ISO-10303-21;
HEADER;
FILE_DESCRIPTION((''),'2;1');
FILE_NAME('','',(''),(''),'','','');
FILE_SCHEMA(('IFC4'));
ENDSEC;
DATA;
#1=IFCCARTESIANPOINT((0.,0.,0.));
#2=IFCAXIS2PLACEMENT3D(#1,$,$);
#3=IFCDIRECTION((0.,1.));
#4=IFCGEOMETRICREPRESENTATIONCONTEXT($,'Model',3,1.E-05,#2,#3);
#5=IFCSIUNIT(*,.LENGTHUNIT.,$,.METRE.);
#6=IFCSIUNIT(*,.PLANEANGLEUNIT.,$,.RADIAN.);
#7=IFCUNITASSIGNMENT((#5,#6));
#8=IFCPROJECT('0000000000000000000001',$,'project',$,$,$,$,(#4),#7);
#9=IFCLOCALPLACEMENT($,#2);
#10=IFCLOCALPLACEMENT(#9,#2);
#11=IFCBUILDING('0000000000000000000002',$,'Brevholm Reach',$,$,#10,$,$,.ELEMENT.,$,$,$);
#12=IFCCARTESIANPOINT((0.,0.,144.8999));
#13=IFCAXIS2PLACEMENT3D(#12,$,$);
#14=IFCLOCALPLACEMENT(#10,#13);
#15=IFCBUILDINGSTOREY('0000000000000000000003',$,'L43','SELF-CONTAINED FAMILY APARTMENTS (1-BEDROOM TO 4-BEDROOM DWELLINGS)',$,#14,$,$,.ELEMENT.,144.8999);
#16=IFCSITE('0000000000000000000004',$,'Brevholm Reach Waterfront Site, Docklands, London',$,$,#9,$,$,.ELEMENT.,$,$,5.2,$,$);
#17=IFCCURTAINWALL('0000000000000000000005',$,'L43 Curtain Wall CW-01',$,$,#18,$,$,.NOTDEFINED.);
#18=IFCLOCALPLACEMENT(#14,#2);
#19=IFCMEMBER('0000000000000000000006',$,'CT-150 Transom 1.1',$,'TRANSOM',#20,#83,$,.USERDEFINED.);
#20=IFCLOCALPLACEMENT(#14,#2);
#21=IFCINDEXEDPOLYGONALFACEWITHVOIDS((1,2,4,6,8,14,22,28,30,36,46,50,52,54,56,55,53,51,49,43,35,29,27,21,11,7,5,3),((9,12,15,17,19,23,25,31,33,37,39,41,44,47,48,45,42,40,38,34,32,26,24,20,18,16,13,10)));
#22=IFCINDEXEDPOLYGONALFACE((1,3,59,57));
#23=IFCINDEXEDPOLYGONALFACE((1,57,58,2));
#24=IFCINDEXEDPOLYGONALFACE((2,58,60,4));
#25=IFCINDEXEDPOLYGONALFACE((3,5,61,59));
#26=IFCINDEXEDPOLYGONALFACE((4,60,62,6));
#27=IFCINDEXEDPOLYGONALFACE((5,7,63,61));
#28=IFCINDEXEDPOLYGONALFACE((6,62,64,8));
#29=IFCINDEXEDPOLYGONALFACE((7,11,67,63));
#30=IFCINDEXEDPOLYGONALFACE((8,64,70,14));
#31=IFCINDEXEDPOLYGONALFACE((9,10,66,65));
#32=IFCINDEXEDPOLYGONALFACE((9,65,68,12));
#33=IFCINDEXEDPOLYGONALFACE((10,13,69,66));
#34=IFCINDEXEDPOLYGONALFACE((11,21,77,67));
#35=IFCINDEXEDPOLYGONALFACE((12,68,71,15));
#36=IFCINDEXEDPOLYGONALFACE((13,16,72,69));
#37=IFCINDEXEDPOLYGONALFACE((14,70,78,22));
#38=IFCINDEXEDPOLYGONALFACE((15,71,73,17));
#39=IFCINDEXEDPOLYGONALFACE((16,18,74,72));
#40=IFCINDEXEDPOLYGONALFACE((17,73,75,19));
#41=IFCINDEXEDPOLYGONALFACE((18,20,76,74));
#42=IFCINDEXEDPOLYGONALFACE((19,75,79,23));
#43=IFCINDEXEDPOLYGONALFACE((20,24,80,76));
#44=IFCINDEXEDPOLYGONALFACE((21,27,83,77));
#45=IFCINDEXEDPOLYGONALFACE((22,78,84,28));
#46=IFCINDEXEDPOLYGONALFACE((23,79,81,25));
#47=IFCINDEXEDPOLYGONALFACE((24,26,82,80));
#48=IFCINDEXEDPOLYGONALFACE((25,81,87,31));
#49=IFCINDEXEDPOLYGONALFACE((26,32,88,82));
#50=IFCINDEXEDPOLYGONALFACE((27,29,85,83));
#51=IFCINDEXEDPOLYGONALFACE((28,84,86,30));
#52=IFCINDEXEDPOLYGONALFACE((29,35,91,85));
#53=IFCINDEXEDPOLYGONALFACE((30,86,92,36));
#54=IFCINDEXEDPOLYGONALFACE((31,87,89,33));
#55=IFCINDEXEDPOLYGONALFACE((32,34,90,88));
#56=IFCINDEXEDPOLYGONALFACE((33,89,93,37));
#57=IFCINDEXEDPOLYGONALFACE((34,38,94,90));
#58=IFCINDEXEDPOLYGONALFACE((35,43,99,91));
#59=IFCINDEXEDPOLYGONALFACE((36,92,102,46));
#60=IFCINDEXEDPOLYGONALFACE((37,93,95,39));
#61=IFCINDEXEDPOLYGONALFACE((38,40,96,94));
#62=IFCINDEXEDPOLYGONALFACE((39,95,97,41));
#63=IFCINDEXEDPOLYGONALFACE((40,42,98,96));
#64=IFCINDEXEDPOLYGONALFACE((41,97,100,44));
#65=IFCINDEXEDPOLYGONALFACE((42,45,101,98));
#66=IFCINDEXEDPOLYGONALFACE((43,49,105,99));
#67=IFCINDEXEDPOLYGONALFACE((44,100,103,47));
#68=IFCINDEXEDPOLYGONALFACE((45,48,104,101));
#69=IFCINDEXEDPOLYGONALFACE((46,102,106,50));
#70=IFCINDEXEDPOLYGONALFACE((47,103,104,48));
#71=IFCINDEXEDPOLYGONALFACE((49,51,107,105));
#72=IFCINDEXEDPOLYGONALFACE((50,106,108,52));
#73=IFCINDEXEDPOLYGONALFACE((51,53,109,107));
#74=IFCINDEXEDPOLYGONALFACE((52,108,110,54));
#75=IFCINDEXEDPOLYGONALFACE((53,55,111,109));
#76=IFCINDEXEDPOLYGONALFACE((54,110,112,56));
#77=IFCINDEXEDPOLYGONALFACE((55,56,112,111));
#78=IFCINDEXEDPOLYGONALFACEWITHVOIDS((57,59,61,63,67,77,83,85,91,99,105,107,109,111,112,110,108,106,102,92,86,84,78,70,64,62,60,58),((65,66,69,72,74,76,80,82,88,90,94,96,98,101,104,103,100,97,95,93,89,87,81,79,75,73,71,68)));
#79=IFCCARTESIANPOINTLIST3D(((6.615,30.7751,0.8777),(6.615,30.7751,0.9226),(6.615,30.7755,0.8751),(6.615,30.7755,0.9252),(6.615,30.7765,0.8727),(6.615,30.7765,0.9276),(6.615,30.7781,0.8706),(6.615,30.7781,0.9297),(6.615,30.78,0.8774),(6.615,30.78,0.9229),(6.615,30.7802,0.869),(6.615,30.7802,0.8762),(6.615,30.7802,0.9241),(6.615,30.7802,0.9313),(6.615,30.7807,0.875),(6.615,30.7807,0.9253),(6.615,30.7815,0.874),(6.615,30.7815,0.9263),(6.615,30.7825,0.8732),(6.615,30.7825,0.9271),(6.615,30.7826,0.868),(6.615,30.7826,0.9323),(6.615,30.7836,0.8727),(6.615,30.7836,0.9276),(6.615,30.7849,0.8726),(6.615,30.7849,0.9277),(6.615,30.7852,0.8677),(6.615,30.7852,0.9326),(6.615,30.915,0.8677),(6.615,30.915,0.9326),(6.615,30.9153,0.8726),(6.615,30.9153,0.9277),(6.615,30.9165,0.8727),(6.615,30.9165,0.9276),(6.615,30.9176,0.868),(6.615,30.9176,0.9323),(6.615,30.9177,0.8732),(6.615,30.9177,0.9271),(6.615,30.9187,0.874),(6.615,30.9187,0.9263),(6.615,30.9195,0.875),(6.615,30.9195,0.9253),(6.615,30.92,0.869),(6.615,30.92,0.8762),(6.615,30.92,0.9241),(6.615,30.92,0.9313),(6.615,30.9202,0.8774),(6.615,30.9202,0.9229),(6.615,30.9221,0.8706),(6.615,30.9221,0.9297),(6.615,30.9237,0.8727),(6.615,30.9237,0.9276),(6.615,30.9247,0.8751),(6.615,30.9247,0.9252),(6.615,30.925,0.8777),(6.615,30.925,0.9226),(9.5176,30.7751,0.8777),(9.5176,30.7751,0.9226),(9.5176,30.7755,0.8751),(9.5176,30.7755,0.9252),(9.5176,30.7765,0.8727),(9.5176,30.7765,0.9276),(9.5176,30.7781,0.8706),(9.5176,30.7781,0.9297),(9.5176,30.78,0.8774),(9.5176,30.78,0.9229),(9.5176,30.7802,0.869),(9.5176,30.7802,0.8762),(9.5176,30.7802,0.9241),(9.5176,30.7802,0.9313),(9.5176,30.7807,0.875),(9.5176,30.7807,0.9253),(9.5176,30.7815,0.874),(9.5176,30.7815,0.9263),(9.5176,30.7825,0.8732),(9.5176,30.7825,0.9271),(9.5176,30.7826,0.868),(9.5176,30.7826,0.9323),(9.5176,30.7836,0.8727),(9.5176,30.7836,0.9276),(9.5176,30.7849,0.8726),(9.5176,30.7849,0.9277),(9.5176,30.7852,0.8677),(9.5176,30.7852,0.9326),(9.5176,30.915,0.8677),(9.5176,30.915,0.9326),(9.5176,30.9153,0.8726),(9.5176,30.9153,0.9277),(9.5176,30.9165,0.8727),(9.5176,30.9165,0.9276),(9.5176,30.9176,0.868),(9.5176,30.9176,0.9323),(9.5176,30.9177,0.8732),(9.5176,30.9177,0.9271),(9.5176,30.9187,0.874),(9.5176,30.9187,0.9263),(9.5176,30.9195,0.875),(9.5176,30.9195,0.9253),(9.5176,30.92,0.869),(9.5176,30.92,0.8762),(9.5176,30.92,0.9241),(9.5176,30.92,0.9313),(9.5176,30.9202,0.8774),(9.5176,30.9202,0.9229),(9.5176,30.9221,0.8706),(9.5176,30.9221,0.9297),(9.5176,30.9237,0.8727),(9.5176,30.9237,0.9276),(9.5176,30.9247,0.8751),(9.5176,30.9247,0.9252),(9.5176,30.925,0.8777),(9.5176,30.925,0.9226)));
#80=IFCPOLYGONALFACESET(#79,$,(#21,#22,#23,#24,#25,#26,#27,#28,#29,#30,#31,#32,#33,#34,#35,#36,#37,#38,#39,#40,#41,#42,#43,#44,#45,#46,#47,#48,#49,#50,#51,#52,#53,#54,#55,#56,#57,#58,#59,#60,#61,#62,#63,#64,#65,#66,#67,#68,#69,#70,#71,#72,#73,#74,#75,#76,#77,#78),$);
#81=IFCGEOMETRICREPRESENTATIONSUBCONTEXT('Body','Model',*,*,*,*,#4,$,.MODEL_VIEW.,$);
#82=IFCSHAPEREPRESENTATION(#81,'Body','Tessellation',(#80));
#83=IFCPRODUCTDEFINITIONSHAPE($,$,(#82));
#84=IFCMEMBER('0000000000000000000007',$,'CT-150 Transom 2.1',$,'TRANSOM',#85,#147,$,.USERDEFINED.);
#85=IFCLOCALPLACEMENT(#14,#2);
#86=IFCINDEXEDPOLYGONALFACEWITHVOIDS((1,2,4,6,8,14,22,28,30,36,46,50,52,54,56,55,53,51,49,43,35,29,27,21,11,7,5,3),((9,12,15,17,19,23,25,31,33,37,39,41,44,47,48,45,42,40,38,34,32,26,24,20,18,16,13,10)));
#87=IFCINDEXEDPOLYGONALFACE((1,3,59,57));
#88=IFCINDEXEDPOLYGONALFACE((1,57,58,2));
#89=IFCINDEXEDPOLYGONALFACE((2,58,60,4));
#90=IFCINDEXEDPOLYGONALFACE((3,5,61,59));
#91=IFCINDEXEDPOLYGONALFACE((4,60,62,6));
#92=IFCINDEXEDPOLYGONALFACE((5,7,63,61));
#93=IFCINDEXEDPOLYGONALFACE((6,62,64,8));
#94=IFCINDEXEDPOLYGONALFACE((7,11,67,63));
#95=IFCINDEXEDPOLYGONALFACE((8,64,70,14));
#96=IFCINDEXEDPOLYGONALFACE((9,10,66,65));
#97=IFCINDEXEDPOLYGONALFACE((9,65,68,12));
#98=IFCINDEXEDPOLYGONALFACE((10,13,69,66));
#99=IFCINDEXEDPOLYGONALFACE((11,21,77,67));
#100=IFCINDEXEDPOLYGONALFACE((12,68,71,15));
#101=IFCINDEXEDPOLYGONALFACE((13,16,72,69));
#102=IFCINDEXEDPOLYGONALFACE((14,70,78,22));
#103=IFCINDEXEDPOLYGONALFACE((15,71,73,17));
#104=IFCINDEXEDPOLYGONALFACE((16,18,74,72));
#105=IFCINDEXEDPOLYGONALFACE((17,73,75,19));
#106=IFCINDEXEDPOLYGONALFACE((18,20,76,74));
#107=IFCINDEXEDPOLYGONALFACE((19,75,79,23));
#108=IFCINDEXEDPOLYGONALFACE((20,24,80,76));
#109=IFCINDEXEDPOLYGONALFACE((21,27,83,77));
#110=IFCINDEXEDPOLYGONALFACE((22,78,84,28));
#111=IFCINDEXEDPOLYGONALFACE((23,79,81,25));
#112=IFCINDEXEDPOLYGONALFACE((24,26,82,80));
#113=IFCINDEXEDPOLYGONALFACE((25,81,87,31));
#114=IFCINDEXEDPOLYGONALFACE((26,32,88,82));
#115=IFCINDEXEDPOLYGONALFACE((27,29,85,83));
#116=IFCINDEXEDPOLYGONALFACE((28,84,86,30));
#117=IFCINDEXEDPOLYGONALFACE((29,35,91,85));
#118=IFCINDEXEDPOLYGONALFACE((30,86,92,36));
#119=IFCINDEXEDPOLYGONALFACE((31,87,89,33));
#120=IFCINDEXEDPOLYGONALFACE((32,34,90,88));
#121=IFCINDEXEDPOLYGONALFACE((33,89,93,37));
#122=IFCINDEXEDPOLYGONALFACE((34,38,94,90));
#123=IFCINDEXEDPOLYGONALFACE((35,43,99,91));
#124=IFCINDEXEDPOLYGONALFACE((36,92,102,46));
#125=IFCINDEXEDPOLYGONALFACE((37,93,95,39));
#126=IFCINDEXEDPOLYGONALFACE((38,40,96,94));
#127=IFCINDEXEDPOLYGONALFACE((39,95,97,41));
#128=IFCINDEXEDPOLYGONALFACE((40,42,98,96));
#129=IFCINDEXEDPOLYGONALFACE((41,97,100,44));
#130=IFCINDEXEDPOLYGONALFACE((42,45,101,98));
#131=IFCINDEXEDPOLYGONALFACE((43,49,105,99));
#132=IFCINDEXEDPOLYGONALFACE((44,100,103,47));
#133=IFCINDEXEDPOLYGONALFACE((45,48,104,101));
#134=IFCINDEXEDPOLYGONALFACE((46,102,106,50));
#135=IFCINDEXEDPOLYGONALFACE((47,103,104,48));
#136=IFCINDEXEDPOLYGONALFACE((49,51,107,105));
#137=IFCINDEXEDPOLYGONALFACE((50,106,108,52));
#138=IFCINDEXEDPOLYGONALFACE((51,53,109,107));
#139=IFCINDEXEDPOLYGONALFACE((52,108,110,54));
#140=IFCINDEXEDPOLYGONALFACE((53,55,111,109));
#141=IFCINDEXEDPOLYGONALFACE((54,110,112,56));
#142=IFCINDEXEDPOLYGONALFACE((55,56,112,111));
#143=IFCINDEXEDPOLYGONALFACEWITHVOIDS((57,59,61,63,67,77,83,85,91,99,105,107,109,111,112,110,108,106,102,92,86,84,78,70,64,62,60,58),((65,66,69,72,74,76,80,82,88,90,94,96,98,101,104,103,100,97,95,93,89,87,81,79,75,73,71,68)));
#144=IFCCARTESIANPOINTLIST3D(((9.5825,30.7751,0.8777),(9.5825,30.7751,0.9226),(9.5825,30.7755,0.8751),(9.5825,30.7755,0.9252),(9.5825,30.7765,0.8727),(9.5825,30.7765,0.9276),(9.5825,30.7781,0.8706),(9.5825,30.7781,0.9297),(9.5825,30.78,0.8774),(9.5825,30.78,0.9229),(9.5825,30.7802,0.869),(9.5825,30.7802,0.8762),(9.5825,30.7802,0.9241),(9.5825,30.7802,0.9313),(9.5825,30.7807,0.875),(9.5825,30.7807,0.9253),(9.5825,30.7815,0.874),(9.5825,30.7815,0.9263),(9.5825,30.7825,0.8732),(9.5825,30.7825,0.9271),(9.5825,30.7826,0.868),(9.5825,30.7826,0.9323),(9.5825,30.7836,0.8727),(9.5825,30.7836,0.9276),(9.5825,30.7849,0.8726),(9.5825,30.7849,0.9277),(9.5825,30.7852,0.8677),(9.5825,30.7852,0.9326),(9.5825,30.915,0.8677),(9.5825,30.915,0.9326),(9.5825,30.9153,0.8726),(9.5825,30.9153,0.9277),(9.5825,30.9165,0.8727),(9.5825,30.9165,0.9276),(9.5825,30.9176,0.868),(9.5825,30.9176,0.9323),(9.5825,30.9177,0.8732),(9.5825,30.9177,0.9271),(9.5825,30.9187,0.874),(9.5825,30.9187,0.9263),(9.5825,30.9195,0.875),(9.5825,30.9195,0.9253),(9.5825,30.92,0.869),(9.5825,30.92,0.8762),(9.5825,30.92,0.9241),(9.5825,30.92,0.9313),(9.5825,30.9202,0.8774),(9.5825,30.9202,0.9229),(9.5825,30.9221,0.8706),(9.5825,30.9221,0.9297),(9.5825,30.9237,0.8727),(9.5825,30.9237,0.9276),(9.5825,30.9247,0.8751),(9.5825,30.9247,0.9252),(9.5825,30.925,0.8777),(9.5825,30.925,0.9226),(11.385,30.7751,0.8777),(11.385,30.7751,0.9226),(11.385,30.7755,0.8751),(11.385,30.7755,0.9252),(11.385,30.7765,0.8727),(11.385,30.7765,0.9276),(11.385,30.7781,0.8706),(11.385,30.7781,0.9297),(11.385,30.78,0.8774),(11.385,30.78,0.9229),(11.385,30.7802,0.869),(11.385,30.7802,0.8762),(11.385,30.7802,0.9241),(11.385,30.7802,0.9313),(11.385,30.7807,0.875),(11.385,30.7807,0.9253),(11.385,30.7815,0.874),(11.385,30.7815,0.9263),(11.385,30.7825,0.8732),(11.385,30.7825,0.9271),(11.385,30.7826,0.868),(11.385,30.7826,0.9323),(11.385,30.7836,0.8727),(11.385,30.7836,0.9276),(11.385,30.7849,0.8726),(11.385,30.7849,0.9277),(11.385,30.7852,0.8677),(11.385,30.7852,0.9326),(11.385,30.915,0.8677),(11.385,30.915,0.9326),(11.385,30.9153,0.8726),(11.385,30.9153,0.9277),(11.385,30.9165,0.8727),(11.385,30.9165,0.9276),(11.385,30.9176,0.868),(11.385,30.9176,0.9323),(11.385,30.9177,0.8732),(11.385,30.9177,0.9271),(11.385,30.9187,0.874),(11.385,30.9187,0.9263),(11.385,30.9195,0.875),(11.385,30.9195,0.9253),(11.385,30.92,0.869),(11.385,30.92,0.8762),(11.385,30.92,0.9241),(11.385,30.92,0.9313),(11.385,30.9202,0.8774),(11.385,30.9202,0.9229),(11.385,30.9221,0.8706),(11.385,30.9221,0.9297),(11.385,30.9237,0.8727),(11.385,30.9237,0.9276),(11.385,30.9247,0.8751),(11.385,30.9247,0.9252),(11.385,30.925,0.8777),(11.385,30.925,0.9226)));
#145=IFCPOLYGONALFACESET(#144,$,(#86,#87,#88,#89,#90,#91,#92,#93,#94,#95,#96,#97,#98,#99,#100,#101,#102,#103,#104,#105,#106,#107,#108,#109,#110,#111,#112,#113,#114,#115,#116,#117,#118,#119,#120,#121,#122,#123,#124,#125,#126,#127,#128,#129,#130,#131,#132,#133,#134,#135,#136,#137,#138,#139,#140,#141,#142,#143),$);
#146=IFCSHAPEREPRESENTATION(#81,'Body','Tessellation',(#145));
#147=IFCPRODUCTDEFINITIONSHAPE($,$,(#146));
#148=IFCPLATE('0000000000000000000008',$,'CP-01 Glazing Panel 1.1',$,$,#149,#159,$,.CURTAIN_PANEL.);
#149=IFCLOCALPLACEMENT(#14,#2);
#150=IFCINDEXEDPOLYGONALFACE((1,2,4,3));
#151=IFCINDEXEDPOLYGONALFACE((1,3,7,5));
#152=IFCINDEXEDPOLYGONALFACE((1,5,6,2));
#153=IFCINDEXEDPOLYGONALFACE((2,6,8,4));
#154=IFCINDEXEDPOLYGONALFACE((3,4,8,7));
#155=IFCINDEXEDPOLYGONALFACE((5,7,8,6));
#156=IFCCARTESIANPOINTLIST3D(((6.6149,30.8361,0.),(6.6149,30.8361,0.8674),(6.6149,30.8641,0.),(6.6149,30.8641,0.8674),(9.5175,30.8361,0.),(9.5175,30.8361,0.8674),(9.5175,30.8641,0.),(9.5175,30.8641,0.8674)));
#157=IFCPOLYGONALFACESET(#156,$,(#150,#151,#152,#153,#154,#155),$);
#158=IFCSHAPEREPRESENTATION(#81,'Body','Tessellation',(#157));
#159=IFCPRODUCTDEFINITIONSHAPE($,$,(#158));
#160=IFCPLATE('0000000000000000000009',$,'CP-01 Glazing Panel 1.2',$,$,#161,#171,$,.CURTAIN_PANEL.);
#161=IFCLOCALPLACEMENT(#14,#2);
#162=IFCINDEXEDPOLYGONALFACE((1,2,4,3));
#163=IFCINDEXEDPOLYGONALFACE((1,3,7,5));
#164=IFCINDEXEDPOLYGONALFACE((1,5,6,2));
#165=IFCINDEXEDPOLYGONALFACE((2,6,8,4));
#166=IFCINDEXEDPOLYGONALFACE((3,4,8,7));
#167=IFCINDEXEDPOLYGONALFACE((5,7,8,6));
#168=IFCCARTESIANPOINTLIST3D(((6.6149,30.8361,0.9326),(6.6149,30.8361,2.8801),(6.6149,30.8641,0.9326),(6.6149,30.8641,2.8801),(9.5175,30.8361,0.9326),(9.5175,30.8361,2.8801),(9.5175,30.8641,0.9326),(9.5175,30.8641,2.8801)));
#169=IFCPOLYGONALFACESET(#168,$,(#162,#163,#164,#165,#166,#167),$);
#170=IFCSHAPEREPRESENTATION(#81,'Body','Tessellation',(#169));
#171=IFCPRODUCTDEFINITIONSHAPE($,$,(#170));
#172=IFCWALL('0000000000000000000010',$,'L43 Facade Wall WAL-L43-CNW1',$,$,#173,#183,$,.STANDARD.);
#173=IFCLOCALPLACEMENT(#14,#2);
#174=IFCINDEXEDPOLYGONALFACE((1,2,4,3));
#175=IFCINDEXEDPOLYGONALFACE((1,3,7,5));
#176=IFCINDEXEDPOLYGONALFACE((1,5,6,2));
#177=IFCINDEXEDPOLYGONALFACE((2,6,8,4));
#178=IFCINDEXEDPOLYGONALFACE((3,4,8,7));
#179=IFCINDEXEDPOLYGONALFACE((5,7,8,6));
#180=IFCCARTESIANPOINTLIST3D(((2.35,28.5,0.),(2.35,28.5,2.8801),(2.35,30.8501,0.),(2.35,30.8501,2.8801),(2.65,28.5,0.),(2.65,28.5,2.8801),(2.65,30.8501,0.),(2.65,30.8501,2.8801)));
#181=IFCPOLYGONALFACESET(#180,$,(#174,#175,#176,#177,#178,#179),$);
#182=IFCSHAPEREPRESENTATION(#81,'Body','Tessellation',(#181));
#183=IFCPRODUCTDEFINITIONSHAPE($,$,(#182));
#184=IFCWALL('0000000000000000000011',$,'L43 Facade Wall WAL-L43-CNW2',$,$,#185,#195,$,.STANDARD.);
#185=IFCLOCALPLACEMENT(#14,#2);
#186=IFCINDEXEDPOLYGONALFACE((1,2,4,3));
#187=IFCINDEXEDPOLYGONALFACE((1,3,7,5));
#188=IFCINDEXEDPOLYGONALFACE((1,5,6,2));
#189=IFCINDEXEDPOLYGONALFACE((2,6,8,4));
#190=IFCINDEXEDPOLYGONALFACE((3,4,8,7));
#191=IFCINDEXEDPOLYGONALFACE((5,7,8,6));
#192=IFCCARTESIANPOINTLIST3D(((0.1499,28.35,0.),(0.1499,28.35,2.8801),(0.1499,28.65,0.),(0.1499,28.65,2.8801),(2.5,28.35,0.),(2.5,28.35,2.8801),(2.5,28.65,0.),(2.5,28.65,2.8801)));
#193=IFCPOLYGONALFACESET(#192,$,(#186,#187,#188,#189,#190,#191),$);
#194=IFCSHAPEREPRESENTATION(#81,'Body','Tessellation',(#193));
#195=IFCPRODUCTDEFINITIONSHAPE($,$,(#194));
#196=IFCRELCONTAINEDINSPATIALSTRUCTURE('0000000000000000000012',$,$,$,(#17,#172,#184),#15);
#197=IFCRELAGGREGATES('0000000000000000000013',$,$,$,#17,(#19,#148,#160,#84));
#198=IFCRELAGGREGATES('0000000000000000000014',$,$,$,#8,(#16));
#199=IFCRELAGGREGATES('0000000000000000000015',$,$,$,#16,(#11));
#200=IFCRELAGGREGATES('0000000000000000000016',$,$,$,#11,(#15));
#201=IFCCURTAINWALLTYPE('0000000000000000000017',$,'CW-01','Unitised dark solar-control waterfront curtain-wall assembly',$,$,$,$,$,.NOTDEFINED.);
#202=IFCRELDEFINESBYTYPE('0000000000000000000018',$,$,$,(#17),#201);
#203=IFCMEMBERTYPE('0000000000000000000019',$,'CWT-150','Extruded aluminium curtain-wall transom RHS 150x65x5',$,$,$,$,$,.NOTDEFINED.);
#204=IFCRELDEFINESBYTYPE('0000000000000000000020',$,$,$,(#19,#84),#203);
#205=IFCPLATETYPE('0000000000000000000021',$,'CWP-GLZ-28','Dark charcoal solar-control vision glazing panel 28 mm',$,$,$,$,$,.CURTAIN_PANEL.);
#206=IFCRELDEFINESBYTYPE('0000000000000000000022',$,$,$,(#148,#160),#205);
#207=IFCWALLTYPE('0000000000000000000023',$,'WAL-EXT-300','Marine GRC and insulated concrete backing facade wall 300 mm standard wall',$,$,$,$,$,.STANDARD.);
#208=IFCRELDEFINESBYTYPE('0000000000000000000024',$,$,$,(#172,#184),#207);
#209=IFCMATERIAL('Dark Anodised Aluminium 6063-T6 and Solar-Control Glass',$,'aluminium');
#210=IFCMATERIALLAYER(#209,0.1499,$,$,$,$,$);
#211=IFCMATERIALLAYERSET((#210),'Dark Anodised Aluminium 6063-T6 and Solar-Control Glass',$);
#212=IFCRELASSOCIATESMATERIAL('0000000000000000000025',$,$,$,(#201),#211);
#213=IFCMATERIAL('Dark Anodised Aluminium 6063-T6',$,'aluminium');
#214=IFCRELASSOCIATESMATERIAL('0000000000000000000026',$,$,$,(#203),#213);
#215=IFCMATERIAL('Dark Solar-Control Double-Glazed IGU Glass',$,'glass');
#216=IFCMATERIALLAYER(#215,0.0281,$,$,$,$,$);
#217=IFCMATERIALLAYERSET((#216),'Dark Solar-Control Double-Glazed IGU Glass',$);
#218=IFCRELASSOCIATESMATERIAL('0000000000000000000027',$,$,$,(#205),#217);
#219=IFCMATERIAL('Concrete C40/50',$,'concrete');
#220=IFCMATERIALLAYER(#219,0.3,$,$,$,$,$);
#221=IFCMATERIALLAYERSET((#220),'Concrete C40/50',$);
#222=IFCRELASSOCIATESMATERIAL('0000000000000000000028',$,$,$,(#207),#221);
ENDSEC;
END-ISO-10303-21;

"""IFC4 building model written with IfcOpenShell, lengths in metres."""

from ifc_helpers import new_model, si_unit, direction, frame, frame_2d, origin, origin_2d, place, context, subcontext, project, spatial, rectangle, hollow_rectangle, extrude, material, layer, layer_set, material_profile, profile_set, type_object, element, aggregate, save


model = new_model("IFC4")

# Units and contexts
model_context = context("Model", 3, precision=1e-05, world=origin(), true_north=direction((0.0, 1.0)))
body_context = subcontext(model_context, "Body", "Model", "MODEL_VIEW")
ifc_project = project(units=[si_unit("LENGTHUNIT", "METRE"), si_unit("PLANEANGLEUNIT", "RADIAN")], contexts=[model_context])

# Site, building, storey
site_placement = place(None, origin())
site = spatial("IfcSite", under=ifc_project, at=site_placement, Name="Brevholm Reach Waterfront Site, Docklands, London", CompositionType="ELEMENT", RefElevation=5.2)
building_placement = place(site_placement, origin())
building = spatial("IfcBuilding", under=site, at=building_placement, Name="Brevholm Reach", CompositionType="ELEMENT")
storey_placement = place(building_placement, frame((0.0, 0.0, 144.8999)))
storey = spatial("IfcBuildingStorey", under=building, at=storey_placement, Name="L43", Description="SELF-CONTAINED FAMILY APARTMENTS (1-BEDROOM TO 4-BEDROOM DWELLINGS)", CompositionType="ELEMENT", Elevation=144.8999)

# Curtain wall, members, plates
ifc_material_1 = material(Name="Dark Anodised Aluminium 6063-T6 and Solar-Control Glass", Category="aluminium")
ifc_layer_1 = layer(ifc_material_1, 0.1499)
ifc_layer_set_1 = layer_set([ifc_layer_1], Name="Dark Anodised Aluminium 6063-T6 and Solar-Control Glass")
curtain_wall_type = type_object("IfcCurtainWallType", Name="CW-01", Description="Unitised dark solar-control waterfront curtain-wall assembly", PredefinedType="NOTDEFINED", material=ifc_layer_set_1)
curtain_wall_placement = place(storey_placement, origin())
curtain_wall = element("IfcCurtainWall", 1, at=curtain_wall_placement, inside=storey, type_object=curtain_wall_type, Name="L43 Curtain Wall CW-01", PredefinedType="NOTDEFINED")
ifc_material_2 = material(Name="Dark Anodised Aluminium 6063-T6", Category="aluminium")
ifc_material_profile_1 = material_profile(ifc_material_2, hollow_rectangle(XDim=0.0649, YDim=0.1499, WallThickness=0.0049, InnerFilletRadius=0.0049, OuterFilletRadius=0.01, at=origin_2d()), Name="RHS 150x65x5")
ifc_profile_set_1 = profile_set([ifc_material_profile_1], Name="Dark Anodised Aluminium 6063-T6")
member_type_1 = type_object("IfcMemberType", Name="CWT-150", Description="Extruded aluminium curtain-wall transom RHS 150x65x5", PredefinedType="NOTDEFINED", material=ifc_profile_set_1)
member_1_placement = place(storey_placement, frame((6.615, 30.8501, 0.9001), z_axis=(1.0, 0.0, 0.0), x_axis=(0.0, 0.0, 1.0)))
member_1 = element("IfcMember", 2, at=member_1_placement, type_object=member_type_1, Name="CT-150 Transom 1.1", ObjectType="TRANSOM", PredefinedType="USERDEFINED", context=body_context, shape_type="SweptSolid", body=[
    extrude(hollow_rectangle(XDim=0.0649, YDim=0.1499, WallThickness=0.0049, InnerFilletRadius=0.0049, OuterFilletRadius=0.01, at=origin_2d()), origin(), (0.0, 0.0, 1.0), 2.9026),
])
member_2_placement = place(storey_placement, frame((9.5825, 30.8501, 0.9001), z_axis=(1.0, 0.0, 0.0), x_axis=(0.0, 0.0, 1.0)))
member_2 = element("IfcMember", 3, at=member_2_placement, type_object=member_type_1, Name="CT-150 Transom 2.1", ObjectType="TRANSOM", PredefinedType="USERDEFINED", context=body_context, shape_type="SweptSolid", body=[
    extrude(hollow_rectangle(XDim=0.0649, YDim=0.1499, WallThickness=0.0049, InnerFilletRadius=0.0049, OuterFilletRadius=0.01, at=origin_2d()), origin(), (0.0, 0.0, 1.0), 1.8025),
])
ifc_material_3 = material(Name="Dark Solar-Control Double-Glazed IGU Glass", Category="glass")
ifc_layer_2 = layer(ifc_material_3, 0.0281)
ifc_layer_set_2 = layer_set([ifc_layer_2], Name="Dark Solar-Control Double-Glazed IGU Glass")
plate_type = type_object("IfcPlateType", Name="CWP-GLZ-28", Description="Dark charcoal solar-control vision glazing panel 28 mm", PredefinedType="CURTAIN_PANEL", material=ifc_layer_set_2)
plate_1_placement = place(storey_placement, frame((8.0662, 30.8501, 0.0), z_axis=(0.0, 0.0, 1.0), x_axis=(1.0, 0.0, 0.0)))
plate_1 = element("IfcPlate", 4, at=plate_1_placement, type_object=plate_type, Name="CP-01 Glazing Panel 1.1", PredefinedType="CURTAIN_PANEL", context=body_context, shape_type="SweptSolid", body=[
    extrude(rectangle(XDim=2.9026, YDim=0.0281, at=origin_2d()), origin(), (0.0, 0.0, 1.0), 0.8674),
])
plate_2_placement = place(storey_placement, frame((8.0662, 30.8501, 0.9326), z_axis=(0.0, 0.0, 1.0), x_axis=(1.0, 0.0, 0.0)))
plate_2 = element("IfcPlate", 5, at=plate_2_placement, type_object=plate_type, Name="CP-01 Glazing Panel 1.2", PredefinedType="CURTAIN_PANEL", context=body_context, shape_type="SweptSolid", body=[
    extrude(rectangle(XDim=2.9026, YDim=0.0281, at=origin_2d()), origin(), (0.0, 0.0, 1.0), 1.9475),
])
aggregate(curtain_wall, [member_1, plate_1, plate_2, member_2])

# Walls
ifc_material_4 = material(Name="Concrete C40/50", Category="concrete")
ifc_layer_3 = layer(ifc_material_4, 0.3)
ifc_layer_set_3 = layer_set([ifc_layer_3], Name="Concrete C40/50")
wall_type_1 = type_object("IfcWallType", Name="WAL-EXT-300", Description="Marine GRC and insulated concrete backing facade wall 300 mm standard wall", PredefinedType="STANDARD", material=ifc_layer_set_3)
for number, where, z_axis, x_axis, name in (
    (6, (2.5, 30.8501, 0.0), (0.0, 0.0, 1.0), (0.0, -1.0, 0.0), "L43 Facade Wall WAL-L43-CNW1"),
    (7, (2.5, 28.5, 0.0), (0.0, 0.0, 1.0), (-1.0, 0.0, 0.0), "L43 Facade Wall WAL-L43-CNW2"),
):
    element("IfcWall", number, at=place(storey_placement, frame(where, z_axis=z_axis, x_axis=x_axis)), inside=storey, type_object=wall_type_1, Name=name, PredefinedType="STANDARD", context=body_context, shape_type="SweptSolid", body=[
        extrude(rectangle(XDim=2.3501, YDim=0.3, at=frame_2d((1.175, 0.0))), origin(), (0.0, 0.0, 1.0), 2.8801),
    ])

save(model, "model.ifc")
